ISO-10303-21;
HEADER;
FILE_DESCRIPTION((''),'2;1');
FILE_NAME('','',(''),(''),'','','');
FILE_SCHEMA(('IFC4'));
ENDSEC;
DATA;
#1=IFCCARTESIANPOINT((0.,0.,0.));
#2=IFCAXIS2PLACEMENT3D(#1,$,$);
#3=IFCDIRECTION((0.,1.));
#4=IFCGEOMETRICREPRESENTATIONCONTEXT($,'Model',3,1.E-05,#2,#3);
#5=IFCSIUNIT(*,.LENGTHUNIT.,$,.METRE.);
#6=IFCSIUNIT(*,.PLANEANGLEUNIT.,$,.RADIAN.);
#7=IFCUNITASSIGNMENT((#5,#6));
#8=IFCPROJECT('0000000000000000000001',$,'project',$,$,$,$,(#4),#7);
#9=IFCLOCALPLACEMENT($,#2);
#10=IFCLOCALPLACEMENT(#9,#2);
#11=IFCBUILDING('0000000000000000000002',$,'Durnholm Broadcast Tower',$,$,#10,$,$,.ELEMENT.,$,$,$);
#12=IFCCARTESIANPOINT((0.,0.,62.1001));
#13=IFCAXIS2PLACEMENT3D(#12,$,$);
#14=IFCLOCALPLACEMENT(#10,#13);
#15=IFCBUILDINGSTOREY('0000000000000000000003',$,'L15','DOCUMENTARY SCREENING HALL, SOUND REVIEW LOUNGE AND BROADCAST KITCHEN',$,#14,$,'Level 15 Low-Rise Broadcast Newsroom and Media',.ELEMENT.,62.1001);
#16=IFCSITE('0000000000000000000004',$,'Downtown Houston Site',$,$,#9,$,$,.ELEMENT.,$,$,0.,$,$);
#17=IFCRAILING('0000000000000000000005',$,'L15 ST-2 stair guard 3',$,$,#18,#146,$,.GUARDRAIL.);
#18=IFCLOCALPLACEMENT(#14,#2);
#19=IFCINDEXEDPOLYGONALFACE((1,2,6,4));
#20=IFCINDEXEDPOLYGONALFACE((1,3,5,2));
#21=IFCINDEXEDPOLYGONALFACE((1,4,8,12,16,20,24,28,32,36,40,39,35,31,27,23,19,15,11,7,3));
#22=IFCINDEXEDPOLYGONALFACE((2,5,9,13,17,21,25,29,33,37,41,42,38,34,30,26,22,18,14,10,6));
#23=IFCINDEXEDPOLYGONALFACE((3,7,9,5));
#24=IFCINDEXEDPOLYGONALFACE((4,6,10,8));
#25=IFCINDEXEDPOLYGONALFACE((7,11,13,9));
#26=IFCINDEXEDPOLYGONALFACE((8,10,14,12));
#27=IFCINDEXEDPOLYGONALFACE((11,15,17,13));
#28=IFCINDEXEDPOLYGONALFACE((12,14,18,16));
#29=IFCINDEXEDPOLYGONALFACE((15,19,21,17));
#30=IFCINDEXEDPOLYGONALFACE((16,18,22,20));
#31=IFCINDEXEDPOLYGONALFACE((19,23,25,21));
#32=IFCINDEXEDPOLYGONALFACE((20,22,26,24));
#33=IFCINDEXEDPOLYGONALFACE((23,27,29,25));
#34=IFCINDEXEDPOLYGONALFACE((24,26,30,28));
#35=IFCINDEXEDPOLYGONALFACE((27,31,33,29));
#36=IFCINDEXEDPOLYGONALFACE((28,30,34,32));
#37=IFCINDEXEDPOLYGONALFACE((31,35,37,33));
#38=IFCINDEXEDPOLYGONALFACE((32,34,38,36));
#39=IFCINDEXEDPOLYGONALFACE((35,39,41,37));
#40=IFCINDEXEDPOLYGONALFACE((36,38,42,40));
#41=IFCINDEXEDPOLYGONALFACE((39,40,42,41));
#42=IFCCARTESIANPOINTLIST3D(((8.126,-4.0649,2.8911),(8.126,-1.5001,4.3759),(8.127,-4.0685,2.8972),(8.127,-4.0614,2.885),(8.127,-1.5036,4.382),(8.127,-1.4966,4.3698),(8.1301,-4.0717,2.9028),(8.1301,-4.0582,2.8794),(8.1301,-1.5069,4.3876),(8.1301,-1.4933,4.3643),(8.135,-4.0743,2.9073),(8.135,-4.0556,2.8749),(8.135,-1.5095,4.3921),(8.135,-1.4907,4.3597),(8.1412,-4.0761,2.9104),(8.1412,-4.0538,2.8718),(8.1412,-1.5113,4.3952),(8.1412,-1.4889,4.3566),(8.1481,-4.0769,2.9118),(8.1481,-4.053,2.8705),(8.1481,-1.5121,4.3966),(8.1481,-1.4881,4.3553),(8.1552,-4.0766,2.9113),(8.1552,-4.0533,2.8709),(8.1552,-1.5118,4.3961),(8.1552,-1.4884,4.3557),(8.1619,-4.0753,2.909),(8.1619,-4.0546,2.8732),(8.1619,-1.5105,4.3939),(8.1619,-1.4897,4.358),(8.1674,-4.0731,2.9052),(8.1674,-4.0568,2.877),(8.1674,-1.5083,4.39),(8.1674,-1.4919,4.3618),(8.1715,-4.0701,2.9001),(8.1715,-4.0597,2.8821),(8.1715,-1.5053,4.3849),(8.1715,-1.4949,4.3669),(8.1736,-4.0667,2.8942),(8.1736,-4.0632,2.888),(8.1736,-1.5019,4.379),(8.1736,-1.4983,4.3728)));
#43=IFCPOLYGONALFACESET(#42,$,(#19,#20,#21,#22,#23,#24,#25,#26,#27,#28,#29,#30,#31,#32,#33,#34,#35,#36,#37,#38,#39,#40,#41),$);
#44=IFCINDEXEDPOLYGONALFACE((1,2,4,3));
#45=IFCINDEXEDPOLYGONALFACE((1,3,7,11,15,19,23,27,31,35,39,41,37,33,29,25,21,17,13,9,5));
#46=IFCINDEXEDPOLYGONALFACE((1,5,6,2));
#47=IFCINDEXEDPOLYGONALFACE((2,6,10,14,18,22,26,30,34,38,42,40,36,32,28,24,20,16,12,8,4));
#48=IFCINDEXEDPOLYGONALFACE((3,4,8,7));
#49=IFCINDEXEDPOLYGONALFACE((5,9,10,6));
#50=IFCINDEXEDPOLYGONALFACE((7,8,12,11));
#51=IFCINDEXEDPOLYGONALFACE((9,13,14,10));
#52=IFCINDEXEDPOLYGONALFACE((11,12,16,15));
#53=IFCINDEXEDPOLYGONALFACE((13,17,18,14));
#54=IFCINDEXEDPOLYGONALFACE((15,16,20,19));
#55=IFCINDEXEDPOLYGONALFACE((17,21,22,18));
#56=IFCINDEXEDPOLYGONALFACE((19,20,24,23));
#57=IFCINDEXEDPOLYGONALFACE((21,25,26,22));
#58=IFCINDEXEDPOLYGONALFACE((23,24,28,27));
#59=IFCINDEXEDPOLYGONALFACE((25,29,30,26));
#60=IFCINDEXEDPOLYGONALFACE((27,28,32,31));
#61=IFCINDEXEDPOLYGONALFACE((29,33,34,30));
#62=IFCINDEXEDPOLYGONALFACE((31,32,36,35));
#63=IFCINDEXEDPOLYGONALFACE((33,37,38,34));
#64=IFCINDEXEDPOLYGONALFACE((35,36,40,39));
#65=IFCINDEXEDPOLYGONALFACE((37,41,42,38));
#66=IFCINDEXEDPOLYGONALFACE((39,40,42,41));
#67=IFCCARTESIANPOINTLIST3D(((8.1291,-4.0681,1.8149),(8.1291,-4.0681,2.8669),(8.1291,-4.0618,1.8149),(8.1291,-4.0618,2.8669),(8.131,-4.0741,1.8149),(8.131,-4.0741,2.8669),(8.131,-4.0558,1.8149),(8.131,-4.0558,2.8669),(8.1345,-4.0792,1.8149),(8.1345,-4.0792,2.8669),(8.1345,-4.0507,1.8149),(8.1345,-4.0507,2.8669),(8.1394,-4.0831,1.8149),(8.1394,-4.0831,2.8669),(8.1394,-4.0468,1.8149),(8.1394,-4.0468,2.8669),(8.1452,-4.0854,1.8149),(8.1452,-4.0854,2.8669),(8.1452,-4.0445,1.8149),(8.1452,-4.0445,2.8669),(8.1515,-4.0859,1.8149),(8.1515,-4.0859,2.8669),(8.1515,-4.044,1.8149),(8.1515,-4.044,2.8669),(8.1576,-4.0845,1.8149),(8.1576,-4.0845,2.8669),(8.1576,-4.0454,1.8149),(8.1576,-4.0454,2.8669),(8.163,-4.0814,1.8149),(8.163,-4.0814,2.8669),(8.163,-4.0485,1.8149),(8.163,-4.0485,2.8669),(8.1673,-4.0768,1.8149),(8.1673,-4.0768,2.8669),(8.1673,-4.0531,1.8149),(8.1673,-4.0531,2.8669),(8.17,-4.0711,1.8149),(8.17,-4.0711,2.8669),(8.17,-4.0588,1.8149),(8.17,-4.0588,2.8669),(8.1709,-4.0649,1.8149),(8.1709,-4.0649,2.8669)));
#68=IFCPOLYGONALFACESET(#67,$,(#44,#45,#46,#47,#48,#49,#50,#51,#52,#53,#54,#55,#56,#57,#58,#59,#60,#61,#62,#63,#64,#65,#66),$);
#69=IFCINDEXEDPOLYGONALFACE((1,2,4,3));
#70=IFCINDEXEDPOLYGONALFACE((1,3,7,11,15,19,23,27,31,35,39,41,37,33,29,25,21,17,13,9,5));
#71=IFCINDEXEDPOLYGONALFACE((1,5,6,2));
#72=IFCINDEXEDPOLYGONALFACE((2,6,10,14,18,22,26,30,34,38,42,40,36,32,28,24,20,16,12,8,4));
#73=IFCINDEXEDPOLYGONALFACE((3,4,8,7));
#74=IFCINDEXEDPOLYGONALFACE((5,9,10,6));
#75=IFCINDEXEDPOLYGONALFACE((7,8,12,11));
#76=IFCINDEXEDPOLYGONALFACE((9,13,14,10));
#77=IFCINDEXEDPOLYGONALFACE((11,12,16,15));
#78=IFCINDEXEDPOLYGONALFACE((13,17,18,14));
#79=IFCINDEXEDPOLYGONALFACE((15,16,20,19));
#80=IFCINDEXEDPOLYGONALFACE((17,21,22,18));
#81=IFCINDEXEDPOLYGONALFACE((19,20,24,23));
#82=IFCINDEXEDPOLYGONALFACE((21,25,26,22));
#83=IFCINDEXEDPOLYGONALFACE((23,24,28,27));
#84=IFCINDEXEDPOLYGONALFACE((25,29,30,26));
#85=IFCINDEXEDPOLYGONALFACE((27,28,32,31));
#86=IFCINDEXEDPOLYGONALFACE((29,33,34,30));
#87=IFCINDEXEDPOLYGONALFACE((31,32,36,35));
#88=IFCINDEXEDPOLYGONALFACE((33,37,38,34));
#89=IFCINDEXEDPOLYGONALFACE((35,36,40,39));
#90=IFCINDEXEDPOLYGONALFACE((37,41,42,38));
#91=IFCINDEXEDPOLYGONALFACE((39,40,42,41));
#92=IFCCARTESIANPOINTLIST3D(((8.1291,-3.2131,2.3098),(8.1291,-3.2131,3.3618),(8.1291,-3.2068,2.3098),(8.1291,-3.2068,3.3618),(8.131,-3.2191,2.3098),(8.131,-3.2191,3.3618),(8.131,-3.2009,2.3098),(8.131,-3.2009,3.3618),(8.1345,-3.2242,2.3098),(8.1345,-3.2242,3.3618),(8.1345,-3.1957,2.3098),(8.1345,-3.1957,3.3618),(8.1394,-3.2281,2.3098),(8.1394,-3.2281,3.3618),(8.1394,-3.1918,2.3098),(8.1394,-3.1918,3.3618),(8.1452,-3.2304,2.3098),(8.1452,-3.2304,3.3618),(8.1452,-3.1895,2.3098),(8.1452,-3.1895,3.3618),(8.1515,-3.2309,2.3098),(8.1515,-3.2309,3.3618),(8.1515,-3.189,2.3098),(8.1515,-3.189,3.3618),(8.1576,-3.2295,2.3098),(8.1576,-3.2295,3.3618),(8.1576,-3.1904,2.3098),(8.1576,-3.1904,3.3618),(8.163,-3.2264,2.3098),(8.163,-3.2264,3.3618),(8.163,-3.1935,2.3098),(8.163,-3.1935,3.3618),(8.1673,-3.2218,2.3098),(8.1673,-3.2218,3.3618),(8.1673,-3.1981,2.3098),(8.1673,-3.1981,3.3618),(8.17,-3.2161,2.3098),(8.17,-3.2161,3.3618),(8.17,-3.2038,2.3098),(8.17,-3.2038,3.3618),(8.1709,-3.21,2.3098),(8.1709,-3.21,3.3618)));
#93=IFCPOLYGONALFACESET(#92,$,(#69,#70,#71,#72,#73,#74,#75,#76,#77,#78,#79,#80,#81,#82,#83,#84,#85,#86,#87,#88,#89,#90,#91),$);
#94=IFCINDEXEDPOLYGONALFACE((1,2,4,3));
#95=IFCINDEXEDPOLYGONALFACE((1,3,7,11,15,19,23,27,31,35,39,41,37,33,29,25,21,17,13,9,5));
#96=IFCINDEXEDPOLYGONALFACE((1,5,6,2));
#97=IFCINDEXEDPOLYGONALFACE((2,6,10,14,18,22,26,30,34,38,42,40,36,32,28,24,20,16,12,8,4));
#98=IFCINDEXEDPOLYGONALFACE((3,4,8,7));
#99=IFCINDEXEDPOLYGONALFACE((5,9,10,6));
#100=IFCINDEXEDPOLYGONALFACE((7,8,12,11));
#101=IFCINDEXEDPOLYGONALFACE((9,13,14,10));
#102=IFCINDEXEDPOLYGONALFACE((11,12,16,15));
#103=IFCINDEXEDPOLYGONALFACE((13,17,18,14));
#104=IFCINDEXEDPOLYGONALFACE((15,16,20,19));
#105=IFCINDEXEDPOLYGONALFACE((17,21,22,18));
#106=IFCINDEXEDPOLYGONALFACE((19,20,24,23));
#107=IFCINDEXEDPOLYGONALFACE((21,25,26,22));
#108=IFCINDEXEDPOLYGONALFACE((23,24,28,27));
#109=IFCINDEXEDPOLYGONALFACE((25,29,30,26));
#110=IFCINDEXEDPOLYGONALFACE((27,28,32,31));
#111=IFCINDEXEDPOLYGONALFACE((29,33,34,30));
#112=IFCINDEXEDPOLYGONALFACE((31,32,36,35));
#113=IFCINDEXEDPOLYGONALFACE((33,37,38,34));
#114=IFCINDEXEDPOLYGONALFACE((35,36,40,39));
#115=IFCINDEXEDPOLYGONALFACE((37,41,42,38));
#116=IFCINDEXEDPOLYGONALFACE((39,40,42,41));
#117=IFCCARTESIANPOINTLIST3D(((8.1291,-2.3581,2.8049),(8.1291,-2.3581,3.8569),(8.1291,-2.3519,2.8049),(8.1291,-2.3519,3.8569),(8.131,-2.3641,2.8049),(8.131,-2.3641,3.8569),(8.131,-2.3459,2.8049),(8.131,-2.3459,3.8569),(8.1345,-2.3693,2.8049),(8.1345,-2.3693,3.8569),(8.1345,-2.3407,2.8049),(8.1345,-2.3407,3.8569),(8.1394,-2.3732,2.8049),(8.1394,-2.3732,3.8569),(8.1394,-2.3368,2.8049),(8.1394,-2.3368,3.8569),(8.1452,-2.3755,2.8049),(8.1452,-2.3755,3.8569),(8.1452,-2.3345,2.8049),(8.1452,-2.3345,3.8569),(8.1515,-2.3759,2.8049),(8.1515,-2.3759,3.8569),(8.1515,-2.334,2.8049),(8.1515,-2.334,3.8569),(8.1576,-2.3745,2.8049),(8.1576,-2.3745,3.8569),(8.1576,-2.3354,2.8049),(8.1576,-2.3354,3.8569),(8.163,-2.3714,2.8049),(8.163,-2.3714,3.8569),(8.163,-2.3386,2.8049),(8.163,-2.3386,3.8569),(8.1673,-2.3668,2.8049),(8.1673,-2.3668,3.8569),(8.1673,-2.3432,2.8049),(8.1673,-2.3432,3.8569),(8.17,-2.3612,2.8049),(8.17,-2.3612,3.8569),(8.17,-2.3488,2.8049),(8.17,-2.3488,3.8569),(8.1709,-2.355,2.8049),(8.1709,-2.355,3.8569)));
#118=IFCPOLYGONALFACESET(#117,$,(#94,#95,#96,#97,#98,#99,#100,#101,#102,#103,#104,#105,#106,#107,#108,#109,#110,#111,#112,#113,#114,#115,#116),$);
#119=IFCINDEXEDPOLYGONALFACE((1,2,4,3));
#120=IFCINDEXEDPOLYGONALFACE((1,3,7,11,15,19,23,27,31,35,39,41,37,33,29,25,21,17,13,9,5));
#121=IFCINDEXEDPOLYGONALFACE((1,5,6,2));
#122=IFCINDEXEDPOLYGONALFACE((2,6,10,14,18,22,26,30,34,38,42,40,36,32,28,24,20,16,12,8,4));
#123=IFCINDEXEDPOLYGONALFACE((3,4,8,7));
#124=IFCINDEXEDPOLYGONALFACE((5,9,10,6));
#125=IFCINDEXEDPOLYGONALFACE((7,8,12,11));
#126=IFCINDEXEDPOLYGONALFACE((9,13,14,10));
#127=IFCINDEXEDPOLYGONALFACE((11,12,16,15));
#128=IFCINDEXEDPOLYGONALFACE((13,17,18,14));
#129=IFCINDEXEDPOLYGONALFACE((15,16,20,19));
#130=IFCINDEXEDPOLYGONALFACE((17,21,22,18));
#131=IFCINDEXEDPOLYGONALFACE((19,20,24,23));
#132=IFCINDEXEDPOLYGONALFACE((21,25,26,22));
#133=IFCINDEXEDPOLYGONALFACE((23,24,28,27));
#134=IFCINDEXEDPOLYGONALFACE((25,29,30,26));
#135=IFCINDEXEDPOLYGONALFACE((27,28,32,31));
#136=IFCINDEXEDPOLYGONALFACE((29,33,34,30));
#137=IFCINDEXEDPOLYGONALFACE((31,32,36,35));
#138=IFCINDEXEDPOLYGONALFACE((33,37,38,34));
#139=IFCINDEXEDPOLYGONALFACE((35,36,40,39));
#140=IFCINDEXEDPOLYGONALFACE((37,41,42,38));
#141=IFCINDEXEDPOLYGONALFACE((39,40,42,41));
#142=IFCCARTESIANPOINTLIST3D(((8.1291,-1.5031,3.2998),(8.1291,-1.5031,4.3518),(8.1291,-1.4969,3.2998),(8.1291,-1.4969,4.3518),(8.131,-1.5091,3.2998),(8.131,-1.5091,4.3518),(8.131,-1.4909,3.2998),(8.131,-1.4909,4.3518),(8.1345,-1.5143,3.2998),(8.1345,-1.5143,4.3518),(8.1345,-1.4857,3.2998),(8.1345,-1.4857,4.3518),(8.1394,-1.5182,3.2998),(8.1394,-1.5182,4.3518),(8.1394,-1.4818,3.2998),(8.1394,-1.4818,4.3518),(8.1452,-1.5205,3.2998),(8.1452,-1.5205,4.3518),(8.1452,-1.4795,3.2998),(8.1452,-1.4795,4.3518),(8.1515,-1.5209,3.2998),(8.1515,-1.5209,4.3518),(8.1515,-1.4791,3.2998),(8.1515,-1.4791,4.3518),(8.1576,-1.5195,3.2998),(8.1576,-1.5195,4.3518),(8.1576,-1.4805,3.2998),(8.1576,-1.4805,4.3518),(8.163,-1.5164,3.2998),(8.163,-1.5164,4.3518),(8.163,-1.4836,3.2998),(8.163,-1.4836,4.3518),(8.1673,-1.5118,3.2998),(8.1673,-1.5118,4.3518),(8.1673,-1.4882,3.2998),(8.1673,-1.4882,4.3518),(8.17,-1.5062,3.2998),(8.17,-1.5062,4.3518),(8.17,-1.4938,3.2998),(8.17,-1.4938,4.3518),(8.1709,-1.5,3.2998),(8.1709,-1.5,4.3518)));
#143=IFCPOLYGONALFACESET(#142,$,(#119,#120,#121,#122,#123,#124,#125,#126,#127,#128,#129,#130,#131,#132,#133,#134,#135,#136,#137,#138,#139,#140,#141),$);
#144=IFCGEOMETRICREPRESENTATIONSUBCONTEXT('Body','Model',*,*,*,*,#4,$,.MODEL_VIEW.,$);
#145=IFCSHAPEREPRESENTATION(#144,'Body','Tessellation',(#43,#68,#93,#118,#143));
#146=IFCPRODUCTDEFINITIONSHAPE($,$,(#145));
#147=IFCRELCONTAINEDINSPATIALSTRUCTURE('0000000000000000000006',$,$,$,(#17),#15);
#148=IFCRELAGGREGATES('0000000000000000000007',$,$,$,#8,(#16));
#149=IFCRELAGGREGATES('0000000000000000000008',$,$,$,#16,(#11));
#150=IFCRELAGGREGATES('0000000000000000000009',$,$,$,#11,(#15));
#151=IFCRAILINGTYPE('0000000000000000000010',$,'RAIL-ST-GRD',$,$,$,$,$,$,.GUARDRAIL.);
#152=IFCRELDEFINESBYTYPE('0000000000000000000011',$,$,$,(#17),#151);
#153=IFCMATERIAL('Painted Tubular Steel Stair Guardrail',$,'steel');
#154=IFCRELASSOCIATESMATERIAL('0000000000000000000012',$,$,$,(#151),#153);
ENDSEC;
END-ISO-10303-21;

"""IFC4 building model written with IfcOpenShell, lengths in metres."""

from ifc_helpers import new_model, si_unit, direction, frame, origin, origin_2d, place, context, subcontext, project, spatial, circle, extrude, material, type_object, element, save


model = new_model("IFC4")

# Units and contexts
model_context = context("Model", 3, precision=1e-05, world=origin(), true_north=direction((0.0, 1.0)))
body_context = subcontext(model_context, "Body", "Model", "MODEL_VIEW")
ifc_project = project(units=[si_unit("LENGTHUNIT", "METRE"), si_unit("PLANEANGLEUNIT", "RADIAN")], contexts=[model_context])

# Site, building, storey
site_placement = place(None, origin())
site = spatial("IfcSite", under=ifc_project, at=site_placement, Name="Downtown Houston Site", CompositionType="ELEMENT", RefElevation=0.0)
building_placement = place(site_placement, origin())
building = spatial("IfcBuilding", under=site, at=building_placement, Name="Durnholm Broadcast Tower", CompositionType="ELEMENT")
storey_placement = place(building_placement, frame((0.0, 0.0, 62.1001)))
storey = spatial("IfcBuildingStorey", under=building, at=storey_placement, Name="L15", Description="DOCUMENTARY SCREENING HALL, SOUND REVIEW LOUNGE AND BROADCAST KITCHEN", LongName="Level 15 Low-Rise Broadcast Newsroom and Media", CompositionType="ELEMENT", Elevation=62.1001)

# Railing
ifc_material_1 = material(Name="Painted Tubular Steel Stair Guardrail", Category="steel")
railing_type_1 = type_object("IfcRailingType", Name="RAIL-ST-GRD", PredefinedType="GUARDRAIL", material=ifc_material_1)
railing_1_placement = place(storey_placement, frame((8.1499, -4.0649, 1.8149)))
element("IfcRailing", 1, at=railing_1_placement, inside=storey, type_object=railing_type_1, Name="L15 ST-2 stair guard 3", PredefinedType="GUARDRAIL", context=body_context, shape_type="SweptSolid", body=[
    extrude(circle(Radius=0.0239, at=origin_2d()), frame((0.0, 0.0, 1.0762), z_axis=(0.0, 0.865441, 0.50101), x_axis=(-1.0, 0.0, 0.0)), (0.0, 0.0, 1.0), 2.9636),
    extrude(circle(Radius=0.021, at=origin_2d()), origin(), (0.0, 0.0, 1.0), 1.052),
    extrude(circle(Radius=0.021, at=origin_2d()), frame((0.0, 0.855, 0.4949)), (0.0, 0.0, 1.0), 1.052),
    extrude(circle(Radius=0.021, at=origin_2d()), frame((0.0, 1.71, 0.99)), (0.0, 0.0, 1.0), 1.052),
    extrude(circle(Radius=0.021, at=origin_2d()), frame((0.0, 2.5649, 1.4849)), (0.0, 0.0, 1.0), 1.052),
])

save(model, "model.ifc")
